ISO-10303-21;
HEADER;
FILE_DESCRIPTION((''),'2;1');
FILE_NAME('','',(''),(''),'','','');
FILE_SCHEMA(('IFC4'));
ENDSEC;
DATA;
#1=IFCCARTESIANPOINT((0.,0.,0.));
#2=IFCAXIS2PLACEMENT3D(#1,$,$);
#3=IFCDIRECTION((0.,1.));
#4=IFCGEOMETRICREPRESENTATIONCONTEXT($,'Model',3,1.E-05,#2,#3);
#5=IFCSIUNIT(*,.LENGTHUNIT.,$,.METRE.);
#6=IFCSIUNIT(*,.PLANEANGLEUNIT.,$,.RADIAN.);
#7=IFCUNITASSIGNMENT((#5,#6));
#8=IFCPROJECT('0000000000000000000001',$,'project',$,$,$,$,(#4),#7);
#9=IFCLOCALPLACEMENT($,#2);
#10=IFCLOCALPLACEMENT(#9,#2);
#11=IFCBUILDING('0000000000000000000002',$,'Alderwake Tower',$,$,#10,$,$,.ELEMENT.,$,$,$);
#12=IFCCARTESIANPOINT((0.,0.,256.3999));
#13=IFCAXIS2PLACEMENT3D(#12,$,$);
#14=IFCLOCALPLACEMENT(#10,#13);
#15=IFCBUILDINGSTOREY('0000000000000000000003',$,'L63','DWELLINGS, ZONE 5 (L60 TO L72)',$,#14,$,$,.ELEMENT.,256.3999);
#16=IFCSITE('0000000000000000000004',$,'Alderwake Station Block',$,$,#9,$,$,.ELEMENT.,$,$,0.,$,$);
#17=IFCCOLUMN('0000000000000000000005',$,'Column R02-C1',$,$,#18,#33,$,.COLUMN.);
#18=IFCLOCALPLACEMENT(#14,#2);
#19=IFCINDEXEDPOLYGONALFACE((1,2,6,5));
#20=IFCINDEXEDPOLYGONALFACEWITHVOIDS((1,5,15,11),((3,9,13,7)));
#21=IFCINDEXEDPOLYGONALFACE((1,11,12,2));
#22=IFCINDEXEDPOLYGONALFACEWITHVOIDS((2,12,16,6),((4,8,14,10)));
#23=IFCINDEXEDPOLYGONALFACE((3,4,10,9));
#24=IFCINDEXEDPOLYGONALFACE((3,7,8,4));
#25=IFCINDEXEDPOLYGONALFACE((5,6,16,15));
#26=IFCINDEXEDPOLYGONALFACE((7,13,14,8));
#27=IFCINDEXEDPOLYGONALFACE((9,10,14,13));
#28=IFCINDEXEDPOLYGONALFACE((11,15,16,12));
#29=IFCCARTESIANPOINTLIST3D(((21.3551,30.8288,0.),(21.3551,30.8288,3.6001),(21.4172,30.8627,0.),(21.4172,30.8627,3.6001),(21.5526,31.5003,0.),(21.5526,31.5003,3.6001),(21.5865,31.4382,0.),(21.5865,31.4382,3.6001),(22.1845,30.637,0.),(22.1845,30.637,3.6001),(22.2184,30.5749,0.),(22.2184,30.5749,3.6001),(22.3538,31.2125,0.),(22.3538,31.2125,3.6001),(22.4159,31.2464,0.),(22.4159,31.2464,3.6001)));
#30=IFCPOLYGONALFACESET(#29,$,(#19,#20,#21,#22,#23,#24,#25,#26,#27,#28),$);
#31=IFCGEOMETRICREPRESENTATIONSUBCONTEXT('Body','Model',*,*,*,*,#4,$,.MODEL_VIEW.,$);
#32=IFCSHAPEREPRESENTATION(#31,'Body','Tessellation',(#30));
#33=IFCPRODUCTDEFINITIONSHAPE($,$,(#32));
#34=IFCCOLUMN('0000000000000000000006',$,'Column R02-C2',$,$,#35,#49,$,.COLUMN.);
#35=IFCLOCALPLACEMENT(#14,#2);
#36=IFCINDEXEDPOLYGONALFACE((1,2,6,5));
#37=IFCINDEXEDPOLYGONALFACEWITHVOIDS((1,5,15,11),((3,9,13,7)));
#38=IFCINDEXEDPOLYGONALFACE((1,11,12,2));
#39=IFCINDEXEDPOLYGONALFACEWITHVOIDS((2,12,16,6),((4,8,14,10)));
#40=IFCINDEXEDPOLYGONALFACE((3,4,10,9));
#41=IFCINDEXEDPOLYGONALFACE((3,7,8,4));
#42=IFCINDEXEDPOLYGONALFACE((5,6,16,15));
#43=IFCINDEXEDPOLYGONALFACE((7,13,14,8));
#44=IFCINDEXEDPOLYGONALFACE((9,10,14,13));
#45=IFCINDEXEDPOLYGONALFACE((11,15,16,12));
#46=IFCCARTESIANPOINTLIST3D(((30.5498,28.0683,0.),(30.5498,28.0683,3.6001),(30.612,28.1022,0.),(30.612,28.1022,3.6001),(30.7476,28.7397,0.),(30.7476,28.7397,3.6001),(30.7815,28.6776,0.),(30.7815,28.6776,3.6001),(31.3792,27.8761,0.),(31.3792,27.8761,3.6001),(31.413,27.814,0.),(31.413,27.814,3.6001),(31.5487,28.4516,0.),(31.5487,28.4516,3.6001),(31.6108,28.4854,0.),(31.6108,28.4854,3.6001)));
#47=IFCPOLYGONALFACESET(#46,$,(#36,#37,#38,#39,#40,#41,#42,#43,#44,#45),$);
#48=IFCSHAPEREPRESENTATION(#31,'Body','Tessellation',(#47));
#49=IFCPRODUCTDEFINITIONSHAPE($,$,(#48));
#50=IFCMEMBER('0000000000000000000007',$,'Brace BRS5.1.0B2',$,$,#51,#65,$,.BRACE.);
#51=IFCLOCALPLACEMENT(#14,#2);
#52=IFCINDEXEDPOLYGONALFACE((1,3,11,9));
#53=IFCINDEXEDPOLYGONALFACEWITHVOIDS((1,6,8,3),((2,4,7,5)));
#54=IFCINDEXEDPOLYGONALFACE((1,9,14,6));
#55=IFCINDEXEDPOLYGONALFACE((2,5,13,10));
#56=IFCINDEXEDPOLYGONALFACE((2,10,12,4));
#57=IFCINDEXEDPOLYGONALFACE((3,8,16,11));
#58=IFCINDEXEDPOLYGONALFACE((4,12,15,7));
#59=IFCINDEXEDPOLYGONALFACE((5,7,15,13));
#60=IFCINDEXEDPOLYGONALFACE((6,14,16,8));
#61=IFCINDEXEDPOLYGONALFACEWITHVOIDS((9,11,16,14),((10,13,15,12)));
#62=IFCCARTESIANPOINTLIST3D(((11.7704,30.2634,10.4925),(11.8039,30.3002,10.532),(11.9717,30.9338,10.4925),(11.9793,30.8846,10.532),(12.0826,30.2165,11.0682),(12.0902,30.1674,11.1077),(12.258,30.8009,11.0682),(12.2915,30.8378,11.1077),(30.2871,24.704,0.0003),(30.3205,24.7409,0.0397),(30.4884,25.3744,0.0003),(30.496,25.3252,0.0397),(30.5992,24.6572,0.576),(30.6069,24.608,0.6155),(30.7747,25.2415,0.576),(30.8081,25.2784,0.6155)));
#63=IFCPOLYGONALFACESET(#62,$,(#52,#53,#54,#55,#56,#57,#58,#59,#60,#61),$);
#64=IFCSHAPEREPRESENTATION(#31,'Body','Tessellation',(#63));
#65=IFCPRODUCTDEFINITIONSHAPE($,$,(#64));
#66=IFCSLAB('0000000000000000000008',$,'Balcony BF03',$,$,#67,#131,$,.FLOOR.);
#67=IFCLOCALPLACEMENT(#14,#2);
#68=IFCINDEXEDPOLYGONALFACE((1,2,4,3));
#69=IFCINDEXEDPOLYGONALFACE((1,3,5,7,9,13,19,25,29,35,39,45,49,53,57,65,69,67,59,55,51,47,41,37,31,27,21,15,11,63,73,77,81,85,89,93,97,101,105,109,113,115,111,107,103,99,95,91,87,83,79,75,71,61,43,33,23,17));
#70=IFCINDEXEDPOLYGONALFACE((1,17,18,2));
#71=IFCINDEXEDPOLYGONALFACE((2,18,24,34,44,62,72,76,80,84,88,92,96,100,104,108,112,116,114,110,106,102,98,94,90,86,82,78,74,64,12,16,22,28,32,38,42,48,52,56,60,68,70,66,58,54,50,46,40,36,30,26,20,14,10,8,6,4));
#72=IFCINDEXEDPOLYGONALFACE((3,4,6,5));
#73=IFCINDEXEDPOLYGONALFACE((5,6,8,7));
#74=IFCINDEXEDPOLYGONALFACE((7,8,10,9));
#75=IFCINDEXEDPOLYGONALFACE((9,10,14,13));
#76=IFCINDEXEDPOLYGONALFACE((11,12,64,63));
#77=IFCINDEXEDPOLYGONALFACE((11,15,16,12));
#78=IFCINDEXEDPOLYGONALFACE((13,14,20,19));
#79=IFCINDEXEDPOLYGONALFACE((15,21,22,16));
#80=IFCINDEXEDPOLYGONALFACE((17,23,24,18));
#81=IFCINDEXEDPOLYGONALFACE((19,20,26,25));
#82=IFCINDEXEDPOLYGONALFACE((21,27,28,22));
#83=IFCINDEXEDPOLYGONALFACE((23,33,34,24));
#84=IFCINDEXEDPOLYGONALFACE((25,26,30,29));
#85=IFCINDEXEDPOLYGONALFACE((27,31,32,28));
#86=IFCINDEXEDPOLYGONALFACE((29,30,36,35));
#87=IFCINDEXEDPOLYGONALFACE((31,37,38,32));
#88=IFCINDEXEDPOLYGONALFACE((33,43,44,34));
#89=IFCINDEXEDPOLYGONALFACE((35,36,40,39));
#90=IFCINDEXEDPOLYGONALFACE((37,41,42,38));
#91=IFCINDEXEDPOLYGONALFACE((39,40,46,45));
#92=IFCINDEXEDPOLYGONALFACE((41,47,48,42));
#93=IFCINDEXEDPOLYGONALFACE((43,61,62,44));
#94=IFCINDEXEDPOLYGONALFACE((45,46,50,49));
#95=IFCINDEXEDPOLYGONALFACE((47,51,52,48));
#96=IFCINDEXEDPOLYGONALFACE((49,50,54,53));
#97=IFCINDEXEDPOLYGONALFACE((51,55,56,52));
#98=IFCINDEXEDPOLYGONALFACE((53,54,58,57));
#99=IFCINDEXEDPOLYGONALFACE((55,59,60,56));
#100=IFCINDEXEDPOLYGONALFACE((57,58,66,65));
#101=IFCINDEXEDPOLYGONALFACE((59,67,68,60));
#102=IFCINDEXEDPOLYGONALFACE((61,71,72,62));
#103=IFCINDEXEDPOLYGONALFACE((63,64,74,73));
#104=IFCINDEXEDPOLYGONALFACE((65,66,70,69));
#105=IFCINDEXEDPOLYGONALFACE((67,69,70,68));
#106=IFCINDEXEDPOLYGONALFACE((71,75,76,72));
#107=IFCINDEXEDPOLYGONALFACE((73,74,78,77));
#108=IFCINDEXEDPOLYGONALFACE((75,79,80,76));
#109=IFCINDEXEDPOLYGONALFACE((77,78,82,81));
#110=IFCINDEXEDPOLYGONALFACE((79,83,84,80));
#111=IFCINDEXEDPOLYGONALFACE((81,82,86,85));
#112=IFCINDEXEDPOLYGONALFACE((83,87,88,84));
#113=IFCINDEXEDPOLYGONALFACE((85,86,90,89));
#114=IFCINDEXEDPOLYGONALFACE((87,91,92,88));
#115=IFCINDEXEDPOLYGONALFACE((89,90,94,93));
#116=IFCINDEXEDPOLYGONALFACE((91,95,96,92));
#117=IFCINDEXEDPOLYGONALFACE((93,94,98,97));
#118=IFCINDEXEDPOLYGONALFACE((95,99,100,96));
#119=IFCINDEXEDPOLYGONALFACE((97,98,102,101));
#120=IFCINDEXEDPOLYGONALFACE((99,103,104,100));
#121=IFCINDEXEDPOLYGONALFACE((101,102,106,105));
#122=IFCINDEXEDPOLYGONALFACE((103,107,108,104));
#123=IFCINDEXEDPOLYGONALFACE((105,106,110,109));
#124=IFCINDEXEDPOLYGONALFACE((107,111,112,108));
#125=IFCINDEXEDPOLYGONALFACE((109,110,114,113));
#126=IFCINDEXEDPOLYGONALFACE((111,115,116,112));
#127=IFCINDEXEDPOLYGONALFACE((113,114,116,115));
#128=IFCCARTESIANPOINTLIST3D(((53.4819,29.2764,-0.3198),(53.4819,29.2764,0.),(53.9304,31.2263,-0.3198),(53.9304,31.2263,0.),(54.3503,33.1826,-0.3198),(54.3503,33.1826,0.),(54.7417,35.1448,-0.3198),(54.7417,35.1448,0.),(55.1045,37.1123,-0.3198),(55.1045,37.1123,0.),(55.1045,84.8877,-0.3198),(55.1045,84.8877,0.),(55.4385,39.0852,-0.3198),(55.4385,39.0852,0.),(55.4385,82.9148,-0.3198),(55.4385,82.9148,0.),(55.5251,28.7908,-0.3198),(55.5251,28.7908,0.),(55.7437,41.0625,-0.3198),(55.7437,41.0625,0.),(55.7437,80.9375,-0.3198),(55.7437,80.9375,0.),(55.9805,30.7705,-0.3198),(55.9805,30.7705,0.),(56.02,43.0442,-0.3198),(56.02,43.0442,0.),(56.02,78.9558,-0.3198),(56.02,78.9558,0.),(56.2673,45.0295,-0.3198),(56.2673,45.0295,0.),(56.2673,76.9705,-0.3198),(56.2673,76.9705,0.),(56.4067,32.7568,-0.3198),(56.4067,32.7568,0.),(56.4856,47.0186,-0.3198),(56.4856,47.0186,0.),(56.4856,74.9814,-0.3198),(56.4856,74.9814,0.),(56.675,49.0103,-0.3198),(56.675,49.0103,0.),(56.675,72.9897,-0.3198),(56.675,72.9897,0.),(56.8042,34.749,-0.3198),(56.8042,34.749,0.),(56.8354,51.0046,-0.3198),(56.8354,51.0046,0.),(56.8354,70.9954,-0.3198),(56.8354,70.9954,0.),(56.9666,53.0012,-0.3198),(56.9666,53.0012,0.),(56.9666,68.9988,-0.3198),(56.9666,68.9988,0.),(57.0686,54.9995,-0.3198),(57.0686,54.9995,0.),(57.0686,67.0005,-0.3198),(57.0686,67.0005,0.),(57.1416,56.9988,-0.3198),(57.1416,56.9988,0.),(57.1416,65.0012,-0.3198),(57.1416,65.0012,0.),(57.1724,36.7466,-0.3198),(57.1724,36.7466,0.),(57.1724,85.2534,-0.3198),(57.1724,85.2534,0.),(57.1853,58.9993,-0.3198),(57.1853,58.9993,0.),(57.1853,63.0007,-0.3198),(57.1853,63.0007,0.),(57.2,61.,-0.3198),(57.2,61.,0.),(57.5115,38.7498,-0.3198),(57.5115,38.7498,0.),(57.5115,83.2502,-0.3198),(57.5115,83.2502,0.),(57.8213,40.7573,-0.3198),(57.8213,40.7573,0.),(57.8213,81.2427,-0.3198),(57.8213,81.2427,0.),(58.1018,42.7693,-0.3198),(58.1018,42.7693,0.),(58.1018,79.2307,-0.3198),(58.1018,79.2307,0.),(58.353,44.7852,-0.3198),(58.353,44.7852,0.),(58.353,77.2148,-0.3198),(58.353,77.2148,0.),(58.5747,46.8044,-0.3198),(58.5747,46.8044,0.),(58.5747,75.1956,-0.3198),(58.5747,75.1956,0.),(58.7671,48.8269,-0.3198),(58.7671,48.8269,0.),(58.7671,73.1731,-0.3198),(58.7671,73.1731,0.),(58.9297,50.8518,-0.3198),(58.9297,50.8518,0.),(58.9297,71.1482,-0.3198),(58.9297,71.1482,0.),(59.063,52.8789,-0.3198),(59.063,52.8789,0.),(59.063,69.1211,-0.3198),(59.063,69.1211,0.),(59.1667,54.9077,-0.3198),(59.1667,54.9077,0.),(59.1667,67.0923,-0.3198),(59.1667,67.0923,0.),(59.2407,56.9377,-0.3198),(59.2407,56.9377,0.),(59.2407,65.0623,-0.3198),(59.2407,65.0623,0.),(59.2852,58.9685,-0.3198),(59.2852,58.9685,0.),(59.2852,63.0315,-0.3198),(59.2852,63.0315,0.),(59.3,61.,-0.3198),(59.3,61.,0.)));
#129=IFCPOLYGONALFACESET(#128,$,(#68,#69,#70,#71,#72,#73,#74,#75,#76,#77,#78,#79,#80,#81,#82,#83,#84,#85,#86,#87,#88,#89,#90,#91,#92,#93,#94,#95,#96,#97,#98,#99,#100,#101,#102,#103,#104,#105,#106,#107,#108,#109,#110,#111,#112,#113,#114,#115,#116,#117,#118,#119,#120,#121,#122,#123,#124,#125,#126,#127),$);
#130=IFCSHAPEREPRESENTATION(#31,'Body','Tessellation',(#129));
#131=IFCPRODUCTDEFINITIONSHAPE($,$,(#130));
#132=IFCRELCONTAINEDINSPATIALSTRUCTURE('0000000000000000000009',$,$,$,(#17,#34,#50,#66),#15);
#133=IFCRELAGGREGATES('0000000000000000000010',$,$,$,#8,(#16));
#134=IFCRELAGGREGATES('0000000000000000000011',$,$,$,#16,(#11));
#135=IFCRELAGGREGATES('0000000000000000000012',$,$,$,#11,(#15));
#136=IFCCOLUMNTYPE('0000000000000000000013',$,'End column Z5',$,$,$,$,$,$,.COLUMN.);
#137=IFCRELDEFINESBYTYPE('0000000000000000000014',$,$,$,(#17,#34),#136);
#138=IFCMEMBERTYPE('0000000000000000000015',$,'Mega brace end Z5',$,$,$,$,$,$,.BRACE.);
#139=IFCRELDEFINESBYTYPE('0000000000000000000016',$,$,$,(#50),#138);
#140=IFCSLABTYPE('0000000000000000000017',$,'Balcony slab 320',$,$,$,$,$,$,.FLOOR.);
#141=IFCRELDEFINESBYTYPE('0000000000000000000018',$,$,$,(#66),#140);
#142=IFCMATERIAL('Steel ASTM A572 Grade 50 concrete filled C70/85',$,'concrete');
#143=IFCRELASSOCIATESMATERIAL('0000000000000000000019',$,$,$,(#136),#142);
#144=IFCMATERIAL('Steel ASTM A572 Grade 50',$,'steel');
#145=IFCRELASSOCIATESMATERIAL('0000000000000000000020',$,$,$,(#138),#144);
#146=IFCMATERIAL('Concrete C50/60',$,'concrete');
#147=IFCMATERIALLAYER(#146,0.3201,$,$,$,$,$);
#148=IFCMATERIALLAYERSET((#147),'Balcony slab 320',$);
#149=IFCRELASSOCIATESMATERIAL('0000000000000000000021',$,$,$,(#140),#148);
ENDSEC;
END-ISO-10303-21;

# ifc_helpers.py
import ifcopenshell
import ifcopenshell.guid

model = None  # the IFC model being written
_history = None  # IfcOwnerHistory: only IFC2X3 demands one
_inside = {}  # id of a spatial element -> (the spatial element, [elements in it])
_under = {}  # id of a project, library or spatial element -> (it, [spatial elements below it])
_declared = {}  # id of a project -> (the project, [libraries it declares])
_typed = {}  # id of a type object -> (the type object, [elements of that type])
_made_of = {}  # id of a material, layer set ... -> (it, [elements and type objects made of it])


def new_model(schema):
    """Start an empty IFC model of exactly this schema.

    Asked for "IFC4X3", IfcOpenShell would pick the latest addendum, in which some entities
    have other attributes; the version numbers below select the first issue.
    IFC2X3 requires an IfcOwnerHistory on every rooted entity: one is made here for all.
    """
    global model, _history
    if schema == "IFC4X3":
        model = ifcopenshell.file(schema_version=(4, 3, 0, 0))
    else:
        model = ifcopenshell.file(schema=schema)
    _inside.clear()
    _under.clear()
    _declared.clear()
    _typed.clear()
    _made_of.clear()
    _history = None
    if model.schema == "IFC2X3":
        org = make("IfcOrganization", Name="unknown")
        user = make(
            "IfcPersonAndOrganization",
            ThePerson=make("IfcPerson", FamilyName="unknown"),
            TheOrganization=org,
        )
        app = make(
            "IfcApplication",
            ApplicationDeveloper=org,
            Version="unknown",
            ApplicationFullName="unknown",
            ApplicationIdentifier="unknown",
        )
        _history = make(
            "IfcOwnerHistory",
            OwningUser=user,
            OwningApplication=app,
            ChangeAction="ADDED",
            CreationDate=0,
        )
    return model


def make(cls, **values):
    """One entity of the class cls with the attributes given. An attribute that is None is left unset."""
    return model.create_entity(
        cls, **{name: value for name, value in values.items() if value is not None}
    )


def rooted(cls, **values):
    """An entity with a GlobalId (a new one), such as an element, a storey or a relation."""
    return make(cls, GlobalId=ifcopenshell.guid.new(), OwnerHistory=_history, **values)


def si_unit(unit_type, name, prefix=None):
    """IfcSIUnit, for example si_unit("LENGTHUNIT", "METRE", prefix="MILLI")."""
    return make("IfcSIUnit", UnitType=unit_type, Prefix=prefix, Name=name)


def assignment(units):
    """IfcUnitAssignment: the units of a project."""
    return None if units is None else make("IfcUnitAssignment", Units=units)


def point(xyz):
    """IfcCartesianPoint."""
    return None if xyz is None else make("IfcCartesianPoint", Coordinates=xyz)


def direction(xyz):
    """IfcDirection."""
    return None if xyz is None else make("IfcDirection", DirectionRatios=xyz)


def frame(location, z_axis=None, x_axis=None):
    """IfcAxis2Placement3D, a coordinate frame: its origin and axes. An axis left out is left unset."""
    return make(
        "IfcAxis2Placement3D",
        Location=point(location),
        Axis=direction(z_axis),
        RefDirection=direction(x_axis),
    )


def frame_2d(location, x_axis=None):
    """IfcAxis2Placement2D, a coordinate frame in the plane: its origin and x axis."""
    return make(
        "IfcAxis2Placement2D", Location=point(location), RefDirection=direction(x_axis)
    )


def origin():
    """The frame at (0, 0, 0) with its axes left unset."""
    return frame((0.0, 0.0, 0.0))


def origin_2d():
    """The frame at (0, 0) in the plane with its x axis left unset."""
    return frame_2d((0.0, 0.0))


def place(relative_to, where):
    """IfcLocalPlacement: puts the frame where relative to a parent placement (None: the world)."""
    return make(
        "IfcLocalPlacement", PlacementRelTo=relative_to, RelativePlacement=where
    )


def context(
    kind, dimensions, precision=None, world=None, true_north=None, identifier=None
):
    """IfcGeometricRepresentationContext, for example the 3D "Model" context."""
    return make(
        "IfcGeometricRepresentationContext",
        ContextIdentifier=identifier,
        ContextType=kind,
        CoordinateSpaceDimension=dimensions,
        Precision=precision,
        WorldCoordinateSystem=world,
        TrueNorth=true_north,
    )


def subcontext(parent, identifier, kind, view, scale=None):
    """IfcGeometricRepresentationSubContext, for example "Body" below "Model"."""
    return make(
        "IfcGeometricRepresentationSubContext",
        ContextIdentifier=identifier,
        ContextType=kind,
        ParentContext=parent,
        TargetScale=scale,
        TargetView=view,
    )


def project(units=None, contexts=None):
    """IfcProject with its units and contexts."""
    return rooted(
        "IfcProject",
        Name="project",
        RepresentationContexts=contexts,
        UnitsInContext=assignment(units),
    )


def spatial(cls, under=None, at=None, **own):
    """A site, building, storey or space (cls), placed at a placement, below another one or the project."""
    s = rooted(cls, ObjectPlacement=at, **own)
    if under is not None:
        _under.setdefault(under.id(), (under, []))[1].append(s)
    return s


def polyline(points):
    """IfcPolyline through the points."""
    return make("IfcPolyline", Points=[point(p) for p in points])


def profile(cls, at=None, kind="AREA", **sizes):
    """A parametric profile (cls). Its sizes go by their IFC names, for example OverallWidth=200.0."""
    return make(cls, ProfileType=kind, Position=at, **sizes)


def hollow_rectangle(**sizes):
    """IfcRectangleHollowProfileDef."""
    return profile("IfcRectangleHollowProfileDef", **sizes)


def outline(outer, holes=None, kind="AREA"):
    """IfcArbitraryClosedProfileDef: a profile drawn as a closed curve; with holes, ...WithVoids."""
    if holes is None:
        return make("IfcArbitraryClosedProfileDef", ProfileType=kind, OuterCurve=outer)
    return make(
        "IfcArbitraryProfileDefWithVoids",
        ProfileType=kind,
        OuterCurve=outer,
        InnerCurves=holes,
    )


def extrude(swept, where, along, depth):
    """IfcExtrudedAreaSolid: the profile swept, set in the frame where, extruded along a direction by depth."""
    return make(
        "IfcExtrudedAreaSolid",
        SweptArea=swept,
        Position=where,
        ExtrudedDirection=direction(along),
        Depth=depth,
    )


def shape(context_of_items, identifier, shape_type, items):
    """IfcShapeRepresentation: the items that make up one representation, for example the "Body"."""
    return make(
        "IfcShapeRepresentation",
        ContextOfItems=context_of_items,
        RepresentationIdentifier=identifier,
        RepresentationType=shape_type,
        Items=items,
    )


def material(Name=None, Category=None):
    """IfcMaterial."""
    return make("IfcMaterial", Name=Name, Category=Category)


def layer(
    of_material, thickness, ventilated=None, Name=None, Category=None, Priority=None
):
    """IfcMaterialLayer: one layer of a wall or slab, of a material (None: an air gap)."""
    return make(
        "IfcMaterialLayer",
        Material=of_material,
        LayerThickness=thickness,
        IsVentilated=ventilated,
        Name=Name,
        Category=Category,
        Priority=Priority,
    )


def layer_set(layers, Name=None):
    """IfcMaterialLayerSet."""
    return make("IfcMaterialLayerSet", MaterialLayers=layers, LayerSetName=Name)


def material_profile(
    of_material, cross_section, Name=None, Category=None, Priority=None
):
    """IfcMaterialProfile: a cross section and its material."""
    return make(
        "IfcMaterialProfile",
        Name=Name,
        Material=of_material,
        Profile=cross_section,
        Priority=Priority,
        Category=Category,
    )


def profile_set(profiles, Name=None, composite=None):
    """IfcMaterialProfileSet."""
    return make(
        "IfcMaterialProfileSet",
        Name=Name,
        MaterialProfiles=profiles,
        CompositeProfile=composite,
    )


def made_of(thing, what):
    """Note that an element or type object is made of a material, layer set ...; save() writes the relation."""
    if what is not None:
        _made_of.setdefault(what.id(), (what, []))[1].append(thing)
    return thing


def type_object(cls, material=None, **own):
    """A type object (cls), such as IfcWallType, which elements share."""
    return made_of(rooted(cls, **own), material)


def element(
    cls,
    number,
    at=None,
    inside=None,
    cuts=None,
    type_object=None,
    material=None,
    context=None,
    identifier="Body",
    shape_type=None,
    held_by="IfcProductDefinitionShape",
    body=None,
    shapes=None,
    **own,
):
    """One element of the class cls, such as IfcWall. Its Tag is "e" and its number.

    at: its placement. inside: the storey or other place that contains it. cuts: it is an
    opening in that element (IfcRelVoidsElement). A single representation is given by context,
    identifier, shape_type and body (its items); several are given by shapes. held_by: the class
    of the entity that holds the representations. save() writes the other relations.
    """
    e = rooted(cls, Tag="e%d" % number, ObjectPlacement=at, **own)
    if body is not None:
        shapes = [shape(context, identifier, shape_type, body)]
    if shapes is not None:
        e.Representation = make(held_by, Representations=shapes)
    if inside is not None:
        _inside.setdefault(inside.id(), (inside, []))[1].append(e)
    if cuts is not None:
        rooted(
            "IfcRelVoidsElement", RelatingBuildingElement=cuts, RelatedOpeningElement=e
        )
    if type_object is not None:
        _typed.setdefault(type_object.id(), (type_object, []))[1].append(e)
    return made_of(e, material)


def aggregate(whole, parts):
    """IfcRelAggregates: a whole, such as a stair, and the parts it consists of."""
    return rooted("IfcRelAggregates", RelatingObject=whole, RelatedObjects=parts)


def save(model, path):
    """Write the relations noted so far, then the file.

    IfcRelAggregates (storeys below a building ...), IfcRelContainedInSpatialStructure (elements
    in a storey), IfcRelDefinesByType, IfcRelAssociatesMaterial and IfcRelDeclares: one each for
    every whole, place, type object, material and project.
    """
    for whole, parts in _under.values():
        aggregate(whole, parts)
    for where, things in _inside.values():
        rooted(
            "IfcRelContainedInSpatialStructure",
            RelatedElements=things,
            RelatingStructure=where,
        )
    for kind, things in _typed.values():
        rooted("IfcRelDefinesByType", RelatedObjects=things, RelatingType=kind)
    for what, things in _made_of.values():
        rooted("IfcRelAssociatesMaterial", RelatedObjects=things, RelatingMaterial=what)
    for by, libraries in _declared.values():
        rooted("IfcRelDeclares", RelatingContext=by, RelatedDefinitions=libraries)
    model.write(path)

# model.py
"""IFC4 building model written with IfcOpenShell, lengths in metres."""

from ifc_helpers import new_model, si_unit, direction, frame, origin, origin_2d, place, context, subcontext, project, spatial, polyline, hollow_rectangle, outline, extrude, material, layer, layer_set, material_profile, profile_set, type_object, element, save


model = new_model("IFC4")

# Units and contexts
model_context = context("Model", 3, precision=1e-05, world=origin(), true_north=direction((0.0, 1.0)))
body_context = subcontext(model_context, "Body", "Model", "MODEL_VIEW")
ifc_project = project(units=[si_unit("LENGTHUNIT", "METRE"), si_unit("PLANEANGLEUNIT", "RADIAN")], contexts=[model_context])

# Site, building, storey
site_placement = place(None, origin())
site = spatial("IfcSite", under=ifc_project, at=site_placement, Name="Alderwake Station Block", CompositionType="ELEMENT", RefElevation=0.0)
building_placement = place(site_placement, origin())
building = spatial("IfcBuilding", under=site, at=building_placement, Name="Alderwake Tower", CompositionType="ELEMENT")
storey_placement = place(building_placement, frame((0.0, 0.0, 256.3999)))
storey = spatial("IfcBuildingStorey", under=building, at=storey_placement, Name="L63", Description="DWELLINGS, ZONE 5 (L60 TO L72)", CompositionType="ELEMENT", Elevation=256.3999)

# Columns
ifc_material_1 = material(Name="Steel ASTM A572 Grade 50 concrete filled C70/85", Category="concrete")
ifc_material_profile_1 = material_profile(ifc_material_1, hollow_rectangle(XDim=0.7, YDim=0.8999, WallThickness=0.05, at=origin_2d()), Name="BOX 900X700X50")
ifc_profile_set_1 = profile_set([ifc_material_profile_1], Name="Steel ASTM A572 Grade 50 concrete filled C70/85")
column_type = type_object("IfcColumnType", Name="End column Z5", PredefinedType="COLUMN", material=ifc_profile_set_1)
for number, where, z_axis, x_axis, name in (
    (1, (21.8855, 31.0376, 0.0), (0.0, 0.0, 1.0), (0.282132, 0.959376, 0.0), "Column R02-C1"),
    (2, (31.0803, 28.2769, 0.0), (0.0, 0.0, 1.0), (0.282583, 0.959243, 0.0), "Column R02-C2"),
):
    element("IfcColumn", number, at=place(storey_placement, frame(where, z_axis=z_axis, x_axis=x_axis)), inside=storey, type_object=column_type, Name=name, PredefinedType="COLUMN", context=body_context, shape_type="SweptSolid", body=[
        extrude(hollow_rectangle(XDim=0.7, YDim=0.8999, WallThickness=0.05, at=origin_2d()), origin(), (0.0, 0.0, 1.0), 3.6001),
    ])

# Member
ifc_material_2 = material(Name="Steel ASTM A572 Grade 50", Category="steel")
ifc_material_profile_2 = material_profile(ifc_material_2, hollow_rectangle(XDim=0.7, YDim=0.7, WallThickness=0.0449, at=origin_2d()), Name="BOX 700X700X45")
ifc_profile_set_2 = profile_set([ifc_material_profile_2], Name="Steel ASTM A572 Grade 50")
member_type = type_object("IfcMemberType", Name="Mega brace end Z5", PredefinedType="BRACE", material=ifc_profile_set_2)
member_placement = place(storey_placement, frame((30.5476, 24.9912, 0.3079), z_axis=(-0.841788, 0.252734, 0.476988), x_axis=(-0.287554, -0.957764, 0.0)))
element("IfcMember", 3, at=member_placement, inside=storey, type_object=member_type, Name="Brace BRS5.1.0B2", PredefinedType="BRACE", context=body_context, shape_type="SweptSolid", body=[
    extrude(hollow_rectangle(XDim=0.7, YDim=0.7, WallThickness=0.0449, at=origin_2d()), origin(), (0.0, 0.0, 1.0), 21.9968),
])

# Slab
ifc_material_3 = material(Name="Concrete C50/60", Category="concrete")
ifc_layer_1 = layer(ifc_material_3, 0.3201)
ifc_layer_set_1 = layer_set([ifc_layer_1], Name="Balcony slab 320")
slab_type_1 = type_object("IfcSlabType", Name="Balcony slab 320", PredefinedType="FLOOR", material=ifc_layer_set_1)
slab_1_placement = place(storey_placement, frame((0.0, 0.0, -0.3198)))
element("IfcSlab", 4, at=slab_1_placement, inside=storey, type_object=slab_type_1, Name="Balcony BF03", PredefinedType="FLOOR", context=body_context, shape_type="SweptSolid", body=[
    extrude(outline(polyline([(55.9805, 30.7705), (56.4067, 32.7568), (56.8042, 34.749), (57.1724, 36.7466), (57.5115, 38.7498), (57.8213, 40.7573), (58.1018, 42.7693), (58.353, 44.7852), (58.5747, 46.8044), (58.7671, 48.8269), (58.9297, 50.8518), (59.063, 52.8789), (59.1667, 54.9077), (59.2407, 56.9377), (59.2852, 58.9685), (59.3, 61.0), (59.2852, 63.0315), (59.2407, 65.0623), (59.1667, 67.0923), (59.063, 69.1211), (58.9297, 71.1482), (58.7671, 73.1731), (58.5747, 75.1956), (58.353, 77.2148), (58.1018, 79.2307), (57.8213, 81.2427), (57.5115, 83.2502), (57.1724, 85.2534), (55.1045, 84.8877), (55.4385, 82.9148), (55.7437, 80.9375), (56.02, 78.9558), (56.2673, 76.9705), (56.4856, 74.9814), (56.675, 72.9897), (56.8354, 70.9954), (56.9666, 68.9988), (57.0686, 67.0005), (57.1416, 65.0012), (57.1853, 63.0007), (57.2, 61.0), (57.1853, 58.9993), (57.1416, 56.9988), (57.0686, 54.9995), (56.9666, 53.0012), (56.8354, 51.0046), (56.675, 49.0103), (56.4856, 47.0186), (56.2673, 45.0295), (56.02, 43.0442), (55.7437, 41.0625), (55.4385, 39.0852), (55.1045, 37.1123), (54.7417, 35.1448), (54.3503, 33.1826), (53.9304, 31.2263), (53.4819, 29.2764), (55.5251, 28.7908), (55.9805, 30.7705)])), origin(), (0.0, 0.0, 1.0), 0.3198),
])

save(model, "model.ifc")
